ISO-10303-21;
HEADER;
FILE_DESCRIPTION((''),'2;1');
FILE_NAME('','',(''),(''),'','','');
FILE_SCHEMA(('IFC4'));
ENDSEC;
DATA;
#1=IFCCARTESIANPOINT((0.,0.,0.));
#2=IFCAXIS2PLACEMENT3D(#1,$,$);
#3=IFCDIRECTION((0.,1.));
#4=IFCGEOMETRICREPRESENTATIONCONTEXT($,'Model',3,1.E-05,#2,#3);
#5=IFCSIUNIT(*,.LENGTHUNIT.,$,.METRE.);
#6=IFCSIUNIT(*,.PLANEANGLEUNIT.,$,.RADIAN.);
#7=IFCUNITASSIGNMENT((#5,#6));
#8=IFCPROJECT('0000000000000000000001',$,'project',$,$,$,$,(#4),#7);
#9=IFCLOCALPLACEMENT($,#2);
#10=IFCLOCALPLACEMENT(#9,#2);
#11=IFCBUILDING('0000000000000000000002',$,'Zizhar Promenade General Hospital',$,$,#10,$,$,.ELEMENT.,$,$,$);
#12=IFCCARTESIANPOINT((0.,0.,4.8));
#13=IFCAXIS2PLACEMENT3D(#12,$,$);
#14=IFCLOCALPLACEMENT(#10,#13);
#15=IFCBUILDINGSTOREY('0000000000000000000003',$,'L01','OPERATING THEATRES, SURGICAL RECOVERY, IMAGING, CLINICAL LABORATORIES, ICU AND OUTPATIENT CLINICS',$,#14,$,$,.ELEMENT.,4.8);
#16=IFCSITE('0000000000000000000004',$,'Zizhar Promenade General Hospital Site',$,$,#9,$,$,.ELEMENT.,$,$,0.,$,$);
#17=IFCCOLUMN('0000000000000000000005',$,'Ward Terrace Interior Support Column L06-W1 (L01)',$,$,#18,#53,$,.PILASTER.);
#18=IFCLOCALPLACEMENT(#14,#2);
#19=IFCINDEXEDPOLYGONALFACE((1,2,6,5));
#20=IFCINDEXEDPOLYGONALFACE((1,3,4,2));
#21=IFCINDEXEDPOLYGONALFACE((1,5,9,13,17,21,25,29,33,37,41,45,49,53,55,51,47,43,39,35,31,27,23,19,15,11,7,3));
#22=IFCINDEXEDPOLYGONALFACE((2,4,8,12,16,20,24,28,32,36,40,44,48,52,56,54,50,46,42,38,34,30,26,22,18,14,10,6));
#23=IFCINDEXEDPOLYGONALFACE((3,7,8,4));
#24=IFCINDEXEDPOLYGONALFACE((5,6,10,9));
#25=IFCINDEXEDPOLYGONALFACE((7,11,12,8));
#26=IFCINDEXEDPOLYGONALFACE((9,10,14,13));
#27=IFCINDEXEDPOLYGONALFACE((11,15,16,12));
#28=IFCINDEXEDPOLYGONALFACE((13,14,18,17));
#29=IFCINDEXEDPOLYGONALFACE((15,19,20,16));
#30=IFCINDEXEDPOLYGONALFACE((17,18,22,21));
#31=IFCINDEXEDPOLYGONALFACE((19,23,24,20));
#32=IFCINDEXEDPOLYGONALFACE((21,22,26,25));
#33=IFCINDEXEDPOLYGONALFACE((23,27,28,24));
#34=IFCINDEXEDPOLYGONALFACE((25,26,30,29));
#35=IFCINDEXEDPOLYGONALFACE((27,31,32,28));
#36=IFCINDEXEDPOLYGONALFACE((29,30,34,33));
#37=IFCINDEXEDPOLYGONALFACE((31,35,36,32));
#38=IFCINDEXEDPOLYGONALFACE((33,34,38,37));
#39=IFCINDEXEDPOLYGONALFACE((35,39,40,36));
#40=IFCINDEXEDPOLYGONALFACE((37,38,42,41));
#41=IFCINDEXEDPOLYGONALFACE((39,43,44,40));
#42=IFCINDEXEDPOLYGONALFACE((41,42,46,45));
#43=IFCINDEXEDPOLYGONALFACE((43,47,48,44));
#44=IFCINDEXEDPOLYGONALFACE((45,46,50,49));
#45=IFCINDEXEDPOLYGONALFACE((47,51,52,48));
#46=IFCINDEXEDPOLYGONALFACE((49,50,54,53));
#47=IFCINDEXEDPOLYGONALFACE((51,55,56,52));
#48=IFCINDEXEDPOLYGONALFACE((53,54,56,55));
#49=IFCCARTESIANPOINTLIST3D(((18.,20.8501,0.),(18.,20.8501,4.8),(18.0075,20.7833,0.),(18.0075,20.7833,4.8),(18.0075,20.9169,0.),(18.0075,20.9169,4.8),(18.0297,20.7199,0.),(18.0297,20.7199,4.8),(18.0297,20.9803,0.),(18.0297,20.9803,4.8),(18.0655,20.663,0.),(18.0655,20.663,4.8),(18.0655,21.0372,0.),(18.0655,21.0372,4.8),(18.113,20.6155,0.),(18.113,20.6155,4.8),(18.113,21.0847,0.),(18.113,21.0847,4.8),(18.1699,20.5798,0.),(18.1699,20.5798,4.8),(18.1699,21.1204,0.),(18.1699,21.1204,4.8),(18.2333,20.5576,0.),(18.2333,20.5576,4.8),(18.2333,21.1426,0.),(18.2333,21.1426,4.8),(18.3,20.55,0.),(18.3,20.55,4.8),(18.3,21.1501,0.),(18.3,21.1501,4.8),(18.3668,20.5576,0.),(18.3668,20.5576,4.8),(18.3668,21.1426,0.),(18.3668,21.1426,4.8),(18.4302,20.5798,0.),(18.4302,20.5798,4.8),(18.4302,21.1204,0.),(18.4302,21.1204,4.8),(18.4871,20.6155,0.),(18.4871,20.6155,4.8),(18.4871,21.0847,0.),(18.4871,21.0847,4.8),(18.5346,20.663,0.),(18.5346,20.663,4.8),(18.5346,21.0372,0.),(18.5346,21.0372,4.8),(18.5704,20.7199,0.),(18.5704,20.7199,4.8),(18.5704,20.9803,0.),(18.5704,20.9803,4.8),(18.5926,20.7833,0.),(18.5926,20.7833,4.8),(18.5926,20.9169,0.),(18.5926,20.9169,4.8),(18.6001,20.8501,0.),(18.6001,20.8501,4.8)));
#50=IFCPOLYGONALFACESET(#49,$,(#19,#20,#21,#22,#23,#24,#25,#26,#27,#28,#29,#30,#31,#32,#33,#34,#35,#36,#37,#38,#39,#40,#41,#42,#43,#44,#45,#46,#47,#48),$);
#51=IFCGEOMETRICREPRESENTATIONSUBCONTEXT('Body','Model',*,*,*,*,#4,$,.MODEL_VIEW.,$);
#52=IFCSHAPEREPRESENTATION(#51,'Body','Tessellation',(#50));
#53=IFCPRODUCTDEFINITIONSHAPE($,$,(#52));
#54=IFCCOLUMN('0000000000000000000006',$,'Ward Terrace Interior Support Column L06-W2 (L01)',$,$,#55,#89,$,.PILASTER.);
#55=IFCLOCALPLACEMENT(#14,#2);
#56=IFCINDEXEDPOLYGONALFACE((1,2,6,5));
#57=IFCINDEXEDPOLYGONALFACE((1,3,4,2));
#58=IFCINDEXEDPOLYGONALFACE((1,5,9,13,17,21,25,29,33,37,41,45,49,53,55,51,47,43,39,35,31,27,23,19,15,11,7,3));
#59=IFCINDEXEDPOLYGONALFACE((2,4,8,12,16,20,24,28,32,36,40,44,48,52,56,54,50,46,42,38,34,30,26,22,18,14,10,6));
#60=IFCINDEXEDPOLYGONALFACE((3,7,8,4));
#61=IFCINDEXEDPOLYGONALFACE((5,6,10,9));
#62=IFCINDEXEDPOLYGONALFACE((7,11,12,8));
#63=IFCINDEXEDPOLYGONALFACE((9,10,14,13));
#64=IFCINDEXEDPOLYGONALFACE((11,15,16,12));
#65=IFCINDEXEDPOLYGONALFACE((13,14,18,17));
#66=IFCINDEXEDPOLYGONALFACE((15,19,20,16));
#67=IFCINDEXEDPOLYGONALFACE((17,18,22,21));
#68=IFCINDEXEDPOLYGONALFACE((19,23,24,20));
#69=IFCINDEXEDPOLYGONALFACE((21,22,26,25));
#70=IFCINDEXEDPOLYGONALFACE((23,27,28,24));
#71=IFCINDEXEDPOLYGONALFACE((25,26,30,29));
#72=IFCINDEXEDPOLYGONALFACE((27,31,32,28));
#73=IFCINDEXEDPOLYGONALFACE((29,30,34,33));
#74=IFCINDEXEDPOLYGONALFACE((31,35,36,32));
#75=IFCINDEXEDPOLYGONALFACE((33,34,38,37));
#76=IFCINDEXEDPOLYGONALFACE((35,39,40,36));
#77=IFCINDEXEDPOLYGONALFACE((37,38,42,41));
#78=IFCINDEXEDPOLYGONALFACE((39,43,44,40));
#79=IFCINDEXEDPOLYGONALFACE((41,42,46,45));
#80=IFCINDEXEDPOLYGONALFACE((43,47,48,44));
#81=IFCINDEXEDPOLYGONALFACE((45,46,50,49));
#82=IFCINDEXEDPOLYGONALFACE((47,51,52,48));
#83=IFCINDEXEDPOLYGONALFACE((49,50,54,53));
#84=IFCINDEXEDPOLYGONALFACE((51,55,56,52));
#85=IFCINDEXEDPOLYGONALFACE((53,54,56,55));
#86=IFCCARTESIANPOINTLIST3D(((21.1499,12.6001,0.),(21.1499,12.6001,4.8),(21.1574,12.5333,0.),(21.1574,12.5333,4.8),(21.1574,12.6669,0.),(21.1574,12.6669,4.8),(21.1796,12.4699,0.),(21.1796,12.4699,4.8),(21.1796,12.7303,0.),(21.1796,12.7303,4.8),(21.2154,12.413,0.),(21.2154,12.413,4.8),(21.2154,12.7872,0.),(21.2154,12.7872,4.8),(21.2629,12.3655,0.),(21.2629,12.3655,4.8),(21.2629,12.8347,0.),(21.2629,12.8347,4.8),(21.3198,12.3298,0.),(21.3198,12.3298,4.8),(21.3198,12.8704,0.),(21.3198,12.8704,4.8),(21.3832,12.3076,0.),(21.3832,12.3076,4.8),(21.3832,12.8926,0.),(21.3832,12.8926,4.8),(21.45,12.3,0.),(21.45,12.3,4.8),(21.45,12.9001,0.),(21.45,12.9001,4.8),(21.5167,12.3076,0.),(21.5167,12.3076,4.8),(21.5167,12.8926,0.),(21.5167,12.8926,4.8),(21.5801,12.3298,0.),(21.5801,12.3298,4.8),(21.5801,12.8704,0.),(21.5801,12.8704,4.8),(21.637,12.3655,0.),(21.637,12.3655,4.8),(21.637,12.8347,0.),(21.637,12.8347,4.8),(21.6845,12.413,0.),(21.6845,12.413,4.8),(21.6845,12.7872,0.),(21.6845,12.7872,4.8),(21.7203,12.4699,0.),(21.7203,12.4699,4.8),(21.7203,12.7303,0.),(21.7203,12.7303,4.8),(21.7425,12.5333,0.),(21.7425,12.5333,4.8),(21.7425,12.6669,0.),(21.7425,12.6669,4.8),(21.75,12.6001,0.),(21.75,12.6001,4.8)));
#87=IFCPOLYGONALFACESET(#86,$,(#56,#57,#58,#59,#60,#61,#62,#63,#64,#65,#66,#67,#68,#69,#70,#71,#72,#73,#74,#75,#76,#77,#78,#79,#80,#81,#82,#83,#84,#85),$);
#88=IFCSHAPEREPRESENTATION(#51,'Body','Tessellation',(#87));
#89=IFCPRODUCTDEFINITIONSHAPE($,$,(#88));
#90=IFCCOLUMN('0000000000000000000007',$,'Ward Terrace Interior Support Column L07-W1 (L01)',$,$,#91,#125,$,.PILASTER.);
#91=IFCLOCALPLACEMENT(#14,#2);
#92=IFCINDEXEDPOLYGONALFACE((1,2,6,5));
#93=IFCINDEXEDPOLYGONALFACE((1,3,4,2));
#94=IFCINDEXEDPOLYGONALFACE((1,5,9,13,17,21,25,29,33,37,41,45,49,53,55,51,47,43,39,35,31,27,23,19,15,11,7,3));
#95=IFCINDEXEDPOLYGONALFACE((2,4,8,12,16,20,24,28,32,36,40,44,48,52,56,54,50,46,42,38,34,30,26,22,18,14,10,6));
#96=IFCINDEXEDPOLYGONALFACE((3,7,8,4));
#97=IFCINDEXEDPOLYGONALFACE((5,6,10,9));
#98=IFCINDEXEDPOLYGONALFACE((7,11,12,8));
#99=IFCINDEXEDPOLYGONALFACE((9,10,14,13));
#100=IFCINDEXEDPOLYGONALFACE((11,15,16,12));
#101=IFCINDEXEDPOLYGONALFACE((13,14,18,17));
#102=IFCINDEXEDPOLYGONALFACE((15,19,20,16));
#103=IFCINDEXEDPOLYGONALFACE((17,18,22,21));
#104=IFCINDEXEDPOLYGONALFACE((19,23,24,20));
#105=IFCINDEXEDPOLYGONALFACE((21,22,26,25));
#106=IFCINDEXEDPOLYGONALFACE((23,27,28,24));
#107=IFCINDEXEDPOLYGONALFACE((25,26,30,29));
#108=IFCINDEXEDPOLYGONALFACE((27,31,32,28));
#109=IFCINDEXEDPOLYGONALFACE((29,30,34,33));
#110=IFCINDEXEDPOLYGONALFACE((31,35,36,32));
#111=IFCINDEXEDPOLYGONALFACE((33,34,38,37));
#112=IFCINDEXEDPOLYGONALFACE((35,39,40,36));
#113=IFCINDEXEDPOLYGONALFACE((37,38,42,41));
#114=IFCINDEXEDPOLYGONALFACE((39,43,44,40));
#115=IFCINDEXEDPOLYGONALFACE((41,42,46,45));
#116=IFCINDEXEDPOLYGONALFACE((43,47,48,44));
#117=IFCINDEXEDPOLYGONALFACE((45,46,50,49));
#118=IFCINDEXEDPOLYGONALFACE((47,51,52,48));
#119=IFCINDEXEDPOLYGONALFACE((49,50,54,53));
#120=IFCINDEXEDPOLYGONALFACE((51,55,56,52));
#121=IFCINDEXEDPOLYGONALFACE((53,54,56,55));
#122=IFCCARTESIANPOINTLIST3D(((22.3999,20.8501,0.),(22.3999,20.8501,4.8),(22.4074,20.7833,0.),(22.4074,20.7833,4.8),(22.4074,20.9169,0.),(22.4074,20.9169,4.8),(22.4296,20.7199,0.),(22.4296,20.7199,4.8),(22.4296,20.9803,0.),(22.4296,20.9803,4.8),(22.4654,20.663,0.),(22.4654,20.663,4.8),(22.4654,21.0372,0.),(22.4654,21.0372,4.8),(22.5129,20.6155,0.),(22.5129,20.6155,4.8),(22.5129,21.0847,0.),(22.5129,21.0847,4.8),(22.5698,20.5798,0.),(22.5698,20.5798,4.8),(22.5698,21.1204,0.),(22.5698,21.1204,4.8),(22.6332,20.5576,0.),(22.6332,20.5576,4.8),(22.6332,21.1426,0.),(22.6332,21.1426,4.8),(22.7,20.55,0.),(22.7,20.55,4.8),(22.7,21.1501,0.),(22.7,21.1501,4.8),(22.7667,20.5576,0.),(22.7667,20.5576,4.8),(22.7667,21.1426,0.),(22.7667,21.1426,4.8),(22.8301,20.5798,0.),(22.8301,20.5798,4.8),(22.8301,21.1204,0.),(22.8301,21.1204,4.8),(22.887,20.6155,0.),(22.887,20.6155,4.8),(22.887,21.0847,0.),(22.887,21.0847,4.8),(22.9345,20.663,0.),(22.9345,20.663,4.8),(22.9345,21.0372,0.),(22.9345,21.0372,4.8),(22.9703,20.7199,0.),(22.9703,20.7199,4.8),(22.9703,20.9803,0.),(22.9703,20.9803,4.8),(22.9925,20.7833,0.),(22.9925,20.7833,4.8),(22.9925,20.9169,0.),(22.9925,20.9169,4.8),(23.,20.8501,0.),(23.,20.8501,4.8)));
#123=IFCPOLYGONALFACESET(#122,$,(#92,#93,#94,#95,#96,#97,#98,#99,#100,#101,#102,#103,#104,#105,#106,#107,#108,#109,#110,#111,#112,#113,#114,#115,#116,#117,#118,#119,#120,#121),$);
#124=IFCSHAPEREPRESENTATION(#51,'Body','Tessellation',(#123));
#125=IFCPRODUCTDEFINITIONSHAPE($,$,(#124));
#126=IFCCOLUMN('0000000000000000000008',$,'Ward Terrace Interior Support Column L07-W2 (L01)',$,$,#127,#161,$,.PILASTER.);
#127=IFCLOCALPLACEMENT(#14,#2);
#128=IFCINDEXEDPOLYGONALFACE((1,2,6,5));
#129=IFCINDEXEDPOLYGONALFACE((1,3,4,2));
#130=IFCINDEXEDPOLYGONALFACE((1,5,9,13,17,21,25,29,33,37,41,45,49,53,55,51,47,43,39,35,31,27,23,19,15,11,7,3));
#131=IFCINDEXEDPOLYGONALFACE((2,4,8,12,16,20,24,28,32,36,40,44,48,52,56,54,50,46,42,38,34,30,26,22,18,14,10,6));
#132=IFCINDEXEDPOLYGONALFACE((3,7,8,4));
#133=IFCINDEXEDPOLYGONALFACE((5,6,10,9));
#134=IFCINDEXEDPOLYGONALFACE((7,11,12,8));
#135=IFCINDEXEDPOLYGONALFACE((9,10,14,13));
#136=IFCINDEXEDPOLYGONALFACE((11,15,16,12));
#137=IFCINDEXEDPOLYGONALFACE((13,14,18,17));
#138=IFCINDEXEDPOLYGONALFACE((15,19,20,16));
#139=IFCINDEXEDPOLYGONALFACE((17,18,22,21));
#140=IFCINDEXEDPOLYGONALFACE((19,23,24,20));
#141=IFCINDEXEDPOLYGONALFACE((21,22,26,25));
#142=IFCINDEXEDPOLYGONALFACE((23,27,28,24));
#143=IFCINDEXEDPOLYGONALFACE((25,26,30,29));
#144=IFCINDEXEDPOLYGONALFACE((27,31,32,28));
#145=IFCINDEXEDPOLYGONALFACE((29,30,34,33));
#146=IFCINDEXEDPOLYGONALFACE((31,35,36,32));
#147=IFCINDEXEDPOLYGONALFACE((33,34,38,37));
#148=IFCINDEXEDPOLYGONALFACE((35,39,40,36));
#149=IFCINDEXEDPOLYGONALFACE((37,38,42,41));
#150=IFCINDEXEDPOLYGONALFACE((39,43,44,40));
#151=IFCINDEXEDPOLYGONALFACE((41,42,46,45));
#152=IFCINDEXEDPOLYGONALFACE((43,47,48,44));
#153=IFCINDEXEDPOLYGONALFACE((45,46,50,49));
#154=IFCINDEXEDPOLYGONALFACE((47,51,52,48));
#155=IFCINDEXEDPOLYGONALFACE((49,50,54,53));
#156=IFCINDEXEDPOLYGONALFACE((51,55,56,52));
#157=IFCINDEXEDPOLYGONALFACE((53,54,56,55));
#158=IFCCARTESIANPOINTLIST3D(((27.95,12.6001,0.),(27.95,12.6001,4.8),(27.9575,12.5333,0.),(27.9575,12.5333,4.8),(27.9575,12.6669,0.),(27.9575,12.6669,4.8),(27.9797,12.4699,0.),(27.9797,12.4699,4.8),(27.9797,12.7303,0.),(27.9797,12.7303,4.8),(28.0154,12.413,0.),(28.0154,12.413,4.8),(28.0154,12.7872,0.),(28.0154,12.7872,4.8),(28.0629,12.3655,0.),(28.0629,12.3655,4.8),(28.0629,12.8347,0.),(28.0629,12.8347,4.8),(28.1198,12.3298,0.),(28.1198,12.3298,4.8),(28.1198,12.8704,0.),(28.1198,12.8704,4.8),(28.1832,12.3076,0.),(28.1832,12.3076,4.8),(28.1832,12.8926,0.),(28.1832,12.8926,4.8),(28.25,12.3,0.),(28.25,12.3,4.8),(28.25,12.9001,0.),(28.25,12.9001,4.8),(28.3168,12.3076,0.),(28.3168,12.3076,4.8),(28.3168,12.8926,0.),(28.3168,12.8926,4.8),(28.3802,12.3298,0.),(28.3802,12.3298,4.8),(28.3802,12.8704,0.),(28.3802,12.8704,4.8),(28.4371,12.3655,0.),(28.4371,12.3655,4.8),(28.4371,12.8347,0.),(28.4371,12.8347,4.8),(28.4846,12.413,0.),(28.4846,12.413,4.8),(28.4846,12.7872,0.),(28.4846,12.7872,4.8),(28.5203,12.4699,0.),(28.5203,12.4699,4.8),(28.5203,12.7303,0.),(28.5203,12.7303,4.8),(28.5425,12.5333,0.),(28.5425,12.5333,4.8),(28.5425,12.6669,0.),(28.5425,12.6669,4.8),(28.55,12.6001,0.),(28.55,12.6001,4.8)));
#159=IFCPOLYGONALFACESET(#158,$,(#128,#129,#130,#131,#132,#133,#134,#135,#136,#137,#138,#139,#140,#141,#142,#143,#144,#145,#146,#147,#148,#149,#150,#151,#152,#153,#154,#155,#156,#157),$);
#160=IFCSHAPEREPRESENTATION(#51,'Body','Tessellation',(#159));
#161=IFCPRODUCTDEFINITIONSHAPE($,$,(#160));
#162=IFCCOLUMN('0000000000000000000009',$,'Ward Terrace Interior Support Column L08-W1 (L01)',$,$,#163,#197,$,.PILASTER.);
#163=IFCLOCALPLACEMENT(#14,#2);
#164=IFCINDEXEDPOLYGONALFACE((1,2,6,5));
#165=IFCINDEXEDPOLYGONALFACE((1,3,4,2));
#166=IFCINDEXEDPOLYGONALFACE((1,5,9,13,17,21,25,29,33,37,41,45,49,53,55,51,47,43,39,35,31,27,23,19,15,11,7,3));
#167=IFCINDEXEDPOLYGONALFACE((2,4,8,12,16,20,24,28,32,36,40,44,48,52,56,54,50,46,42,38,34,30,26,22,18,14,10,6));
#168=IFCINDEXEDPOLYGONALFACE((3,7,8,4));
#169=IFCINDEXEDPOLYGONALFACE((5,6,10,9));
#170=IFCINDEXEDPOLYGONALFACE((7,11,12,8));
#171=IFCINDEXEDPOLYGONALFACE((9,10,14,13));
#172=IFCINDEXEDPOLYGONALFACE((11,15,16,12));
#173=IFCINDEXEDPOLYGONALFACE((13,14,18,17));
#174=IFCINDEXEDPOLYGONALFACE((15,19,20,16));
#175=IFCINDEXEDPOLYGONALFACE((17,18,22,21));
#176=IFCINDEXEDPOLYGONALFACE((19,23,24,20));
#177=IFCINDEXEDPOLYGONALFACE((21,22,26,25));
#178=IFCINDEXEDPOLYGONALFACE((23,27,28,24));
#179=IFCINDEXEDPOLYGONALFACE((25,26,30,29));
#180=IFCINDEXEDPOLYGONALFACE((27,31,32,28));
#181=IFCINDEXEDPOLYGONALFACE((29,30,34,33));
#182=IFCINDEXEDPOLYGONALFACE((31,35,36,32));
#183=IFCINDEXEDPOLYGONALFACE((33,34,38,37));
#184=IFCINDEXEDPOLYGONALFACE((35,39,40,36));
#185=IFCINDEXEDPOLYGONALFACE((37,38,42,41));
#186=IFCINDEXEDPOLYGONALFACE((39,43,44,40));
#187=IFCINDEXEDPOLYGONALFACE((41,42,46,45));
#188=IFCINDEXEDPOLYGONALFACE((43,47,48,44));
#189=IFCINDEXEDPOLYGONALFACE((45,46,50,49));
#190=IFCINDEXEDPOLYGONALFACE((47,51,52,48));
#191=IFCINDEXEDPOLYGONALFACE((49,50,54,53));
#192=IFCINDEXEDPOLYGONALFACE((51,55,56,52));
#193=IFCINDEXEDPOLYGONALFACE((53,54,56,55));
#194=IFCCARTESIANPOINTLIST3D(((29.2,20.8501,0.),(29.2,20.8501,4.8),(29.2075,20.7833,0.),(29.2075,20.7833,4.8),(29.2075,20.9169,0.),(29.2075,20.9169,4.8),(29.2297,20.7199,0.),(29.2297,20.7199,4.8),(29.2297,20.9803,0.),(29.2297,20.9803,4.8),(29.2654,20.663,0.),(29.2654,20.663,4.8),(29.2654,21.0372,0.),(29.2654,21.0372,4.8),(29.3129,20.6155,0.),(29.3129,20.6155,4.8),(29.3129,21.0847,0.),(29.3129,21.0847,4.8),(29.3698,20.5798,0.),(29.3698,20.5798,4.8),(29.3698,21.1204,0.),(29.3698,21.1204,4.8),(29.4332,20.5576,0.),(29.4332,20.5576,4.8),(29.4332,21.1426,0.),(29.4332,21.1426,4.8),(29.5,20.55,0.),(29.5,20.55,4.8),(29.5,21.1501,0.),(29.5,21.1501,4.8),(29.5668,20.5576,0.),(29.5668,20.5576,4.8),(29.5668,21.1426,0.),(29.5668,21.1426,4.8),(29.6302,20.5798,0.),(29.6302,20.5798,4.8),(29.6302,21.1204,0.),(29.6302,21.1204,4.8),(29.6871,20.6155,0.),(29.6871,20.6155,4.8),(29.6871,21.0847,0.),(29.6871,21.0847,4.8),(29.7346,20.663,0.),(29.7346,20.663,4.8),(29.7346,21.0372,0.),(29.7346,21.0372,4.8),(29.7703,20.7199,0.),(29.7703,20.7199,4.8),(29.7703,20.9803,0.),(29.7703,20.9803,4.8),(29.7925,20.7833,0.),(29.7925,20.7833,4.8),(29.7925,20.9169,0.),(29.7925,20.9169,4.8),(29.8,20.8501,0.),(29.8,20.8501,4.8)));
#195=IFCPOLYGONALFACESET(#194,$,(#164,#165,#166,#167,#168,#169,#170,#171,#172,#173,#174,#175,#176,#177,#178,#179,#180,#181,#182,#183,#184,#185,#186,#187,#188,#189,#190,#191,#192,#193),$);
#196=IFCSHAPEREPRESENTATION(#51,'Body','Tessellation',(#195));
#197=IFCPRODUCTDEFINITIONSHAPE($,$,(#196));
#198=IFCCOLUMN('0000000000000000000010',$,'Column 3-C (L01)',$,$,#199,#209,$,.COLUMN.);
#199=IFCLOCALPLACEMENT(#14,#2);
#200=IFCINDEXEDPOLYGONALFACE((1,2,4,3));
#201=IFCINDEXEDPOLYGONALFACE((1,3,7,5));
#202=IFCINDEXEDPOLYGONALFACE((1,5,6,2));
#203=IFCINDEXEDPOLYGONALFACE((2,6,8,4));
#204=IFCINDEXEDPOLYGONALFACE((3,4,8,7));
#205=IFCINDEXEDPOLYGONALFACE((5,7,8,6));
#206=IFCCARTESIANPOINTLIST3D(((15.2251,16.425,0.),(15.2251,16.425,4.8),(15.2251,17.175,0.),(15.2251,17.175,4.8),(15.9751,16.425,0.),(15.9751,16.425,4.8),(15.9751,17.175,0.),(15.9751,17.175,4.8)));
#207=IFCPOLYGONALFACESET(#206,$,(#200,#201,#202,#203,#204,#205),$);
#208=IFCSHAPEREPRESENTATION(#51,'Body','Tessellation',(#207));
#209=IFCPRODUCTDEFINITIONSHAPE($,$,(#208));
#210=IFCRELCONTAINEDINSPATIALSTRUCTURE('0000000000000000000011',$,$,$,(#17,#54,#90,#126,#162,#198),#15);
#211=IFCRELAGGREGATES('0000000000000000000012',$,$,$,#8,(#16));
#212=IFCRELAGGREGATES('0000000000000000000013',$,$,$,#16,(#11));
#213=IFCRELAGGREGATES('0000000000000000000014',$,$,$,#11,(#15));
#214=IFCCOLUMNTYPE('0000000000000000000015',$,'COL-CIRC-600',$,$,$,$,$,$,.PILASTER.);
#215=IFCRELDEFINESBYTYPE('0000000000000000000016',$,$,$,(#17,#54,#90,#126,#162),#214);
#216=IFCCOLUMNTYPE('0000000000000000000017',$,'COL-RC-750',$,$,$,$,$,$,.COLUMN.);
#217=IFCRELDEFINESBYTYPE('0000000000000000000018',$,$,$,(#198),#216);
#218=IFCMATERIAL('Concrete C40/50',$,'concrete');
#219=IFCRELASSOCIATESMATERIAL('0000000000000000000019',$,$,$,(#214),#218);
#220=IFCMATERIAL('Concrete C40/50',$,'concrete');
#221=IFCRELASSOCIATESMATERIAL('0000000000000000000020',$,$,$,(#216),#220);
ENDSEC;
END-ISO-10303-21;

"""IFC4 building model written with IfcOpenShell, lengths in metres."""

from ifc_helpers import new_model, si_unit, direction, frame, origin, origin_2d, place, context, subcontext, project, spatial, rectangle, circle, extrude, material, material_profile, profile_set, type_object, element, save


model = new_model("IFC4")

# Units and contexts
model_context = context("Model", 3, precision=1e-05, world=origin(), true_north=direction((0.0, 1.0)))
body_context = subcontext(model_context, "Body", "Model", "MODEL_VIEW")
ifc_project = project(units=[si_unit("LENGTHUNIT", "METRE"), si_unit("PLANEANGLEUNIT", "RADIAN")], contexts=[model_context])

# Site, building, storey
site_placement = place(None, origin())
site = spatial("IfcSite", under=ifc_project, at=site_placement, Name="Zizhar Promenade General Hospital Site", CompositionType="ELEMENT", RefElevation=0.0)
building_placement = place(site_placement, origin())
building = spatial("IfcBuilding", under=site, at=building_placement, Name="Zizhar Promenade General Hospital", CompositionType="ELEMENT")
storey_placement = place(building_placement, frame((0.0, 0.0, 4.8)))
storey = spatial("IfcBuildingStorey", under=building, at=storey_placement, Name="L01", Description="OPERATING THEATRES, SURGICAL RECOVERY, IMAGING, CLINICAL LABORATORIES, ICU AND OUTPATIENT CLINICS", CompositionType="ELEMENT", Elevation=4.8)

# Columns
ifc_material_1 = material(Name="Concrete C40/50", Category="concrete")
ifc_material_profile_1 = material_profile(ifc_material_1, circle(Radius=0.3, at=origin_2d()))
ifc_profile_set_1 = profile_set([ifc_material_profile_1], Name="Concrete C40/50")
column_type_1 = type_object("IfcColumnType", Name="COL-CIRC-600", PredefinedType="PILASTER", material=ifc_profile_set_1)
for number, where, z_axis, x_axis, name in (
    (1, (18.3, 20.8501, 0.0), (0.0, 0.0, 1.0), (1.0, 0.0, 0.0), "Ward Terrace Interior Support Column L06-W1 (L01)"),
    (2, (21.45, 12.6001, 0.0), (0.0, 0.0, 1.0), (1.0, 0.0, 0.0), "Ward Terrace Interior Support Column L06-W2 (L01)"),
    (3, (22.7, 20.8501, 0.0), (0.0, 0.0, 1.0), (1.0, 0.0, 0.0), "Ward Terrace Interior Support Column L07-W1 (L01)"),
    (4, (28.25, 12.6001, 0.0), (0.0, 0.0, 1.0), (1.0, 0.0, 0.0), "Ward Terrace Interior Support Column L07-W2 (L01)"),
    (5, (29.5, 20.8501, 0.0), (0.0, 0.0, 1.0), (1.0, 0.0, 0.0), "Ward Terrace Interior Support Column L08-W1 (L01)"),
):
    element("IfcColumn", number, at=place(storey_placement, frame(where, z_axis=z_axis, x_axis=x_axis)), inside=storey, type_object=column_type_1, Name=name, PredefinedType="PILASTER", context=body_context, shape_type="SweptSolid", body=[
        extrude(circle(Radius=0.3, at=origin_2d()), origin(), (0.0, 0.0, 1.0), 4.8),
    ])
ifc_material_2 = material(Name="Concrete C40/50", Category="concrete")
ifc_material_profile_2 = material_profile(ifc_material_2, rectangle(XDim=0.75, YDim=0.75, at=origin_2d()))
ifc_profile_set_2 = profile_set([ifc_material_profile_2], Name="Concrete C40/50")
column_type_2 = type_object("IfcColumnType", Name="COL-RC-750", PredefinedType="COLUMN", material=ifc_profile_set_2)
for number, where, z_axis, x_axis, name in (
    (6, (15.6001, 16.8, 0.0), (0.0, 0.0, 1.0), (1.0, 0.0, 0.0), "Column 3-C (L01)"),
):
    element("IfcColumn", number, at=place(storey_placement, frame(where, z_axis=z_axis, x_axis=x_axis)), inside=storey, type_object=column_type_2, Name=name, PredefinedType="COLUMN", context=body_context, shape_type="SweptSolid", body=[
        extrude(rectangle(XDim=0.75, YDim=0.75, at=origin_2d()), origin(), (0.0, 0.0, 1.0), 4.8),
    ])

save(model, "model.ifc")
